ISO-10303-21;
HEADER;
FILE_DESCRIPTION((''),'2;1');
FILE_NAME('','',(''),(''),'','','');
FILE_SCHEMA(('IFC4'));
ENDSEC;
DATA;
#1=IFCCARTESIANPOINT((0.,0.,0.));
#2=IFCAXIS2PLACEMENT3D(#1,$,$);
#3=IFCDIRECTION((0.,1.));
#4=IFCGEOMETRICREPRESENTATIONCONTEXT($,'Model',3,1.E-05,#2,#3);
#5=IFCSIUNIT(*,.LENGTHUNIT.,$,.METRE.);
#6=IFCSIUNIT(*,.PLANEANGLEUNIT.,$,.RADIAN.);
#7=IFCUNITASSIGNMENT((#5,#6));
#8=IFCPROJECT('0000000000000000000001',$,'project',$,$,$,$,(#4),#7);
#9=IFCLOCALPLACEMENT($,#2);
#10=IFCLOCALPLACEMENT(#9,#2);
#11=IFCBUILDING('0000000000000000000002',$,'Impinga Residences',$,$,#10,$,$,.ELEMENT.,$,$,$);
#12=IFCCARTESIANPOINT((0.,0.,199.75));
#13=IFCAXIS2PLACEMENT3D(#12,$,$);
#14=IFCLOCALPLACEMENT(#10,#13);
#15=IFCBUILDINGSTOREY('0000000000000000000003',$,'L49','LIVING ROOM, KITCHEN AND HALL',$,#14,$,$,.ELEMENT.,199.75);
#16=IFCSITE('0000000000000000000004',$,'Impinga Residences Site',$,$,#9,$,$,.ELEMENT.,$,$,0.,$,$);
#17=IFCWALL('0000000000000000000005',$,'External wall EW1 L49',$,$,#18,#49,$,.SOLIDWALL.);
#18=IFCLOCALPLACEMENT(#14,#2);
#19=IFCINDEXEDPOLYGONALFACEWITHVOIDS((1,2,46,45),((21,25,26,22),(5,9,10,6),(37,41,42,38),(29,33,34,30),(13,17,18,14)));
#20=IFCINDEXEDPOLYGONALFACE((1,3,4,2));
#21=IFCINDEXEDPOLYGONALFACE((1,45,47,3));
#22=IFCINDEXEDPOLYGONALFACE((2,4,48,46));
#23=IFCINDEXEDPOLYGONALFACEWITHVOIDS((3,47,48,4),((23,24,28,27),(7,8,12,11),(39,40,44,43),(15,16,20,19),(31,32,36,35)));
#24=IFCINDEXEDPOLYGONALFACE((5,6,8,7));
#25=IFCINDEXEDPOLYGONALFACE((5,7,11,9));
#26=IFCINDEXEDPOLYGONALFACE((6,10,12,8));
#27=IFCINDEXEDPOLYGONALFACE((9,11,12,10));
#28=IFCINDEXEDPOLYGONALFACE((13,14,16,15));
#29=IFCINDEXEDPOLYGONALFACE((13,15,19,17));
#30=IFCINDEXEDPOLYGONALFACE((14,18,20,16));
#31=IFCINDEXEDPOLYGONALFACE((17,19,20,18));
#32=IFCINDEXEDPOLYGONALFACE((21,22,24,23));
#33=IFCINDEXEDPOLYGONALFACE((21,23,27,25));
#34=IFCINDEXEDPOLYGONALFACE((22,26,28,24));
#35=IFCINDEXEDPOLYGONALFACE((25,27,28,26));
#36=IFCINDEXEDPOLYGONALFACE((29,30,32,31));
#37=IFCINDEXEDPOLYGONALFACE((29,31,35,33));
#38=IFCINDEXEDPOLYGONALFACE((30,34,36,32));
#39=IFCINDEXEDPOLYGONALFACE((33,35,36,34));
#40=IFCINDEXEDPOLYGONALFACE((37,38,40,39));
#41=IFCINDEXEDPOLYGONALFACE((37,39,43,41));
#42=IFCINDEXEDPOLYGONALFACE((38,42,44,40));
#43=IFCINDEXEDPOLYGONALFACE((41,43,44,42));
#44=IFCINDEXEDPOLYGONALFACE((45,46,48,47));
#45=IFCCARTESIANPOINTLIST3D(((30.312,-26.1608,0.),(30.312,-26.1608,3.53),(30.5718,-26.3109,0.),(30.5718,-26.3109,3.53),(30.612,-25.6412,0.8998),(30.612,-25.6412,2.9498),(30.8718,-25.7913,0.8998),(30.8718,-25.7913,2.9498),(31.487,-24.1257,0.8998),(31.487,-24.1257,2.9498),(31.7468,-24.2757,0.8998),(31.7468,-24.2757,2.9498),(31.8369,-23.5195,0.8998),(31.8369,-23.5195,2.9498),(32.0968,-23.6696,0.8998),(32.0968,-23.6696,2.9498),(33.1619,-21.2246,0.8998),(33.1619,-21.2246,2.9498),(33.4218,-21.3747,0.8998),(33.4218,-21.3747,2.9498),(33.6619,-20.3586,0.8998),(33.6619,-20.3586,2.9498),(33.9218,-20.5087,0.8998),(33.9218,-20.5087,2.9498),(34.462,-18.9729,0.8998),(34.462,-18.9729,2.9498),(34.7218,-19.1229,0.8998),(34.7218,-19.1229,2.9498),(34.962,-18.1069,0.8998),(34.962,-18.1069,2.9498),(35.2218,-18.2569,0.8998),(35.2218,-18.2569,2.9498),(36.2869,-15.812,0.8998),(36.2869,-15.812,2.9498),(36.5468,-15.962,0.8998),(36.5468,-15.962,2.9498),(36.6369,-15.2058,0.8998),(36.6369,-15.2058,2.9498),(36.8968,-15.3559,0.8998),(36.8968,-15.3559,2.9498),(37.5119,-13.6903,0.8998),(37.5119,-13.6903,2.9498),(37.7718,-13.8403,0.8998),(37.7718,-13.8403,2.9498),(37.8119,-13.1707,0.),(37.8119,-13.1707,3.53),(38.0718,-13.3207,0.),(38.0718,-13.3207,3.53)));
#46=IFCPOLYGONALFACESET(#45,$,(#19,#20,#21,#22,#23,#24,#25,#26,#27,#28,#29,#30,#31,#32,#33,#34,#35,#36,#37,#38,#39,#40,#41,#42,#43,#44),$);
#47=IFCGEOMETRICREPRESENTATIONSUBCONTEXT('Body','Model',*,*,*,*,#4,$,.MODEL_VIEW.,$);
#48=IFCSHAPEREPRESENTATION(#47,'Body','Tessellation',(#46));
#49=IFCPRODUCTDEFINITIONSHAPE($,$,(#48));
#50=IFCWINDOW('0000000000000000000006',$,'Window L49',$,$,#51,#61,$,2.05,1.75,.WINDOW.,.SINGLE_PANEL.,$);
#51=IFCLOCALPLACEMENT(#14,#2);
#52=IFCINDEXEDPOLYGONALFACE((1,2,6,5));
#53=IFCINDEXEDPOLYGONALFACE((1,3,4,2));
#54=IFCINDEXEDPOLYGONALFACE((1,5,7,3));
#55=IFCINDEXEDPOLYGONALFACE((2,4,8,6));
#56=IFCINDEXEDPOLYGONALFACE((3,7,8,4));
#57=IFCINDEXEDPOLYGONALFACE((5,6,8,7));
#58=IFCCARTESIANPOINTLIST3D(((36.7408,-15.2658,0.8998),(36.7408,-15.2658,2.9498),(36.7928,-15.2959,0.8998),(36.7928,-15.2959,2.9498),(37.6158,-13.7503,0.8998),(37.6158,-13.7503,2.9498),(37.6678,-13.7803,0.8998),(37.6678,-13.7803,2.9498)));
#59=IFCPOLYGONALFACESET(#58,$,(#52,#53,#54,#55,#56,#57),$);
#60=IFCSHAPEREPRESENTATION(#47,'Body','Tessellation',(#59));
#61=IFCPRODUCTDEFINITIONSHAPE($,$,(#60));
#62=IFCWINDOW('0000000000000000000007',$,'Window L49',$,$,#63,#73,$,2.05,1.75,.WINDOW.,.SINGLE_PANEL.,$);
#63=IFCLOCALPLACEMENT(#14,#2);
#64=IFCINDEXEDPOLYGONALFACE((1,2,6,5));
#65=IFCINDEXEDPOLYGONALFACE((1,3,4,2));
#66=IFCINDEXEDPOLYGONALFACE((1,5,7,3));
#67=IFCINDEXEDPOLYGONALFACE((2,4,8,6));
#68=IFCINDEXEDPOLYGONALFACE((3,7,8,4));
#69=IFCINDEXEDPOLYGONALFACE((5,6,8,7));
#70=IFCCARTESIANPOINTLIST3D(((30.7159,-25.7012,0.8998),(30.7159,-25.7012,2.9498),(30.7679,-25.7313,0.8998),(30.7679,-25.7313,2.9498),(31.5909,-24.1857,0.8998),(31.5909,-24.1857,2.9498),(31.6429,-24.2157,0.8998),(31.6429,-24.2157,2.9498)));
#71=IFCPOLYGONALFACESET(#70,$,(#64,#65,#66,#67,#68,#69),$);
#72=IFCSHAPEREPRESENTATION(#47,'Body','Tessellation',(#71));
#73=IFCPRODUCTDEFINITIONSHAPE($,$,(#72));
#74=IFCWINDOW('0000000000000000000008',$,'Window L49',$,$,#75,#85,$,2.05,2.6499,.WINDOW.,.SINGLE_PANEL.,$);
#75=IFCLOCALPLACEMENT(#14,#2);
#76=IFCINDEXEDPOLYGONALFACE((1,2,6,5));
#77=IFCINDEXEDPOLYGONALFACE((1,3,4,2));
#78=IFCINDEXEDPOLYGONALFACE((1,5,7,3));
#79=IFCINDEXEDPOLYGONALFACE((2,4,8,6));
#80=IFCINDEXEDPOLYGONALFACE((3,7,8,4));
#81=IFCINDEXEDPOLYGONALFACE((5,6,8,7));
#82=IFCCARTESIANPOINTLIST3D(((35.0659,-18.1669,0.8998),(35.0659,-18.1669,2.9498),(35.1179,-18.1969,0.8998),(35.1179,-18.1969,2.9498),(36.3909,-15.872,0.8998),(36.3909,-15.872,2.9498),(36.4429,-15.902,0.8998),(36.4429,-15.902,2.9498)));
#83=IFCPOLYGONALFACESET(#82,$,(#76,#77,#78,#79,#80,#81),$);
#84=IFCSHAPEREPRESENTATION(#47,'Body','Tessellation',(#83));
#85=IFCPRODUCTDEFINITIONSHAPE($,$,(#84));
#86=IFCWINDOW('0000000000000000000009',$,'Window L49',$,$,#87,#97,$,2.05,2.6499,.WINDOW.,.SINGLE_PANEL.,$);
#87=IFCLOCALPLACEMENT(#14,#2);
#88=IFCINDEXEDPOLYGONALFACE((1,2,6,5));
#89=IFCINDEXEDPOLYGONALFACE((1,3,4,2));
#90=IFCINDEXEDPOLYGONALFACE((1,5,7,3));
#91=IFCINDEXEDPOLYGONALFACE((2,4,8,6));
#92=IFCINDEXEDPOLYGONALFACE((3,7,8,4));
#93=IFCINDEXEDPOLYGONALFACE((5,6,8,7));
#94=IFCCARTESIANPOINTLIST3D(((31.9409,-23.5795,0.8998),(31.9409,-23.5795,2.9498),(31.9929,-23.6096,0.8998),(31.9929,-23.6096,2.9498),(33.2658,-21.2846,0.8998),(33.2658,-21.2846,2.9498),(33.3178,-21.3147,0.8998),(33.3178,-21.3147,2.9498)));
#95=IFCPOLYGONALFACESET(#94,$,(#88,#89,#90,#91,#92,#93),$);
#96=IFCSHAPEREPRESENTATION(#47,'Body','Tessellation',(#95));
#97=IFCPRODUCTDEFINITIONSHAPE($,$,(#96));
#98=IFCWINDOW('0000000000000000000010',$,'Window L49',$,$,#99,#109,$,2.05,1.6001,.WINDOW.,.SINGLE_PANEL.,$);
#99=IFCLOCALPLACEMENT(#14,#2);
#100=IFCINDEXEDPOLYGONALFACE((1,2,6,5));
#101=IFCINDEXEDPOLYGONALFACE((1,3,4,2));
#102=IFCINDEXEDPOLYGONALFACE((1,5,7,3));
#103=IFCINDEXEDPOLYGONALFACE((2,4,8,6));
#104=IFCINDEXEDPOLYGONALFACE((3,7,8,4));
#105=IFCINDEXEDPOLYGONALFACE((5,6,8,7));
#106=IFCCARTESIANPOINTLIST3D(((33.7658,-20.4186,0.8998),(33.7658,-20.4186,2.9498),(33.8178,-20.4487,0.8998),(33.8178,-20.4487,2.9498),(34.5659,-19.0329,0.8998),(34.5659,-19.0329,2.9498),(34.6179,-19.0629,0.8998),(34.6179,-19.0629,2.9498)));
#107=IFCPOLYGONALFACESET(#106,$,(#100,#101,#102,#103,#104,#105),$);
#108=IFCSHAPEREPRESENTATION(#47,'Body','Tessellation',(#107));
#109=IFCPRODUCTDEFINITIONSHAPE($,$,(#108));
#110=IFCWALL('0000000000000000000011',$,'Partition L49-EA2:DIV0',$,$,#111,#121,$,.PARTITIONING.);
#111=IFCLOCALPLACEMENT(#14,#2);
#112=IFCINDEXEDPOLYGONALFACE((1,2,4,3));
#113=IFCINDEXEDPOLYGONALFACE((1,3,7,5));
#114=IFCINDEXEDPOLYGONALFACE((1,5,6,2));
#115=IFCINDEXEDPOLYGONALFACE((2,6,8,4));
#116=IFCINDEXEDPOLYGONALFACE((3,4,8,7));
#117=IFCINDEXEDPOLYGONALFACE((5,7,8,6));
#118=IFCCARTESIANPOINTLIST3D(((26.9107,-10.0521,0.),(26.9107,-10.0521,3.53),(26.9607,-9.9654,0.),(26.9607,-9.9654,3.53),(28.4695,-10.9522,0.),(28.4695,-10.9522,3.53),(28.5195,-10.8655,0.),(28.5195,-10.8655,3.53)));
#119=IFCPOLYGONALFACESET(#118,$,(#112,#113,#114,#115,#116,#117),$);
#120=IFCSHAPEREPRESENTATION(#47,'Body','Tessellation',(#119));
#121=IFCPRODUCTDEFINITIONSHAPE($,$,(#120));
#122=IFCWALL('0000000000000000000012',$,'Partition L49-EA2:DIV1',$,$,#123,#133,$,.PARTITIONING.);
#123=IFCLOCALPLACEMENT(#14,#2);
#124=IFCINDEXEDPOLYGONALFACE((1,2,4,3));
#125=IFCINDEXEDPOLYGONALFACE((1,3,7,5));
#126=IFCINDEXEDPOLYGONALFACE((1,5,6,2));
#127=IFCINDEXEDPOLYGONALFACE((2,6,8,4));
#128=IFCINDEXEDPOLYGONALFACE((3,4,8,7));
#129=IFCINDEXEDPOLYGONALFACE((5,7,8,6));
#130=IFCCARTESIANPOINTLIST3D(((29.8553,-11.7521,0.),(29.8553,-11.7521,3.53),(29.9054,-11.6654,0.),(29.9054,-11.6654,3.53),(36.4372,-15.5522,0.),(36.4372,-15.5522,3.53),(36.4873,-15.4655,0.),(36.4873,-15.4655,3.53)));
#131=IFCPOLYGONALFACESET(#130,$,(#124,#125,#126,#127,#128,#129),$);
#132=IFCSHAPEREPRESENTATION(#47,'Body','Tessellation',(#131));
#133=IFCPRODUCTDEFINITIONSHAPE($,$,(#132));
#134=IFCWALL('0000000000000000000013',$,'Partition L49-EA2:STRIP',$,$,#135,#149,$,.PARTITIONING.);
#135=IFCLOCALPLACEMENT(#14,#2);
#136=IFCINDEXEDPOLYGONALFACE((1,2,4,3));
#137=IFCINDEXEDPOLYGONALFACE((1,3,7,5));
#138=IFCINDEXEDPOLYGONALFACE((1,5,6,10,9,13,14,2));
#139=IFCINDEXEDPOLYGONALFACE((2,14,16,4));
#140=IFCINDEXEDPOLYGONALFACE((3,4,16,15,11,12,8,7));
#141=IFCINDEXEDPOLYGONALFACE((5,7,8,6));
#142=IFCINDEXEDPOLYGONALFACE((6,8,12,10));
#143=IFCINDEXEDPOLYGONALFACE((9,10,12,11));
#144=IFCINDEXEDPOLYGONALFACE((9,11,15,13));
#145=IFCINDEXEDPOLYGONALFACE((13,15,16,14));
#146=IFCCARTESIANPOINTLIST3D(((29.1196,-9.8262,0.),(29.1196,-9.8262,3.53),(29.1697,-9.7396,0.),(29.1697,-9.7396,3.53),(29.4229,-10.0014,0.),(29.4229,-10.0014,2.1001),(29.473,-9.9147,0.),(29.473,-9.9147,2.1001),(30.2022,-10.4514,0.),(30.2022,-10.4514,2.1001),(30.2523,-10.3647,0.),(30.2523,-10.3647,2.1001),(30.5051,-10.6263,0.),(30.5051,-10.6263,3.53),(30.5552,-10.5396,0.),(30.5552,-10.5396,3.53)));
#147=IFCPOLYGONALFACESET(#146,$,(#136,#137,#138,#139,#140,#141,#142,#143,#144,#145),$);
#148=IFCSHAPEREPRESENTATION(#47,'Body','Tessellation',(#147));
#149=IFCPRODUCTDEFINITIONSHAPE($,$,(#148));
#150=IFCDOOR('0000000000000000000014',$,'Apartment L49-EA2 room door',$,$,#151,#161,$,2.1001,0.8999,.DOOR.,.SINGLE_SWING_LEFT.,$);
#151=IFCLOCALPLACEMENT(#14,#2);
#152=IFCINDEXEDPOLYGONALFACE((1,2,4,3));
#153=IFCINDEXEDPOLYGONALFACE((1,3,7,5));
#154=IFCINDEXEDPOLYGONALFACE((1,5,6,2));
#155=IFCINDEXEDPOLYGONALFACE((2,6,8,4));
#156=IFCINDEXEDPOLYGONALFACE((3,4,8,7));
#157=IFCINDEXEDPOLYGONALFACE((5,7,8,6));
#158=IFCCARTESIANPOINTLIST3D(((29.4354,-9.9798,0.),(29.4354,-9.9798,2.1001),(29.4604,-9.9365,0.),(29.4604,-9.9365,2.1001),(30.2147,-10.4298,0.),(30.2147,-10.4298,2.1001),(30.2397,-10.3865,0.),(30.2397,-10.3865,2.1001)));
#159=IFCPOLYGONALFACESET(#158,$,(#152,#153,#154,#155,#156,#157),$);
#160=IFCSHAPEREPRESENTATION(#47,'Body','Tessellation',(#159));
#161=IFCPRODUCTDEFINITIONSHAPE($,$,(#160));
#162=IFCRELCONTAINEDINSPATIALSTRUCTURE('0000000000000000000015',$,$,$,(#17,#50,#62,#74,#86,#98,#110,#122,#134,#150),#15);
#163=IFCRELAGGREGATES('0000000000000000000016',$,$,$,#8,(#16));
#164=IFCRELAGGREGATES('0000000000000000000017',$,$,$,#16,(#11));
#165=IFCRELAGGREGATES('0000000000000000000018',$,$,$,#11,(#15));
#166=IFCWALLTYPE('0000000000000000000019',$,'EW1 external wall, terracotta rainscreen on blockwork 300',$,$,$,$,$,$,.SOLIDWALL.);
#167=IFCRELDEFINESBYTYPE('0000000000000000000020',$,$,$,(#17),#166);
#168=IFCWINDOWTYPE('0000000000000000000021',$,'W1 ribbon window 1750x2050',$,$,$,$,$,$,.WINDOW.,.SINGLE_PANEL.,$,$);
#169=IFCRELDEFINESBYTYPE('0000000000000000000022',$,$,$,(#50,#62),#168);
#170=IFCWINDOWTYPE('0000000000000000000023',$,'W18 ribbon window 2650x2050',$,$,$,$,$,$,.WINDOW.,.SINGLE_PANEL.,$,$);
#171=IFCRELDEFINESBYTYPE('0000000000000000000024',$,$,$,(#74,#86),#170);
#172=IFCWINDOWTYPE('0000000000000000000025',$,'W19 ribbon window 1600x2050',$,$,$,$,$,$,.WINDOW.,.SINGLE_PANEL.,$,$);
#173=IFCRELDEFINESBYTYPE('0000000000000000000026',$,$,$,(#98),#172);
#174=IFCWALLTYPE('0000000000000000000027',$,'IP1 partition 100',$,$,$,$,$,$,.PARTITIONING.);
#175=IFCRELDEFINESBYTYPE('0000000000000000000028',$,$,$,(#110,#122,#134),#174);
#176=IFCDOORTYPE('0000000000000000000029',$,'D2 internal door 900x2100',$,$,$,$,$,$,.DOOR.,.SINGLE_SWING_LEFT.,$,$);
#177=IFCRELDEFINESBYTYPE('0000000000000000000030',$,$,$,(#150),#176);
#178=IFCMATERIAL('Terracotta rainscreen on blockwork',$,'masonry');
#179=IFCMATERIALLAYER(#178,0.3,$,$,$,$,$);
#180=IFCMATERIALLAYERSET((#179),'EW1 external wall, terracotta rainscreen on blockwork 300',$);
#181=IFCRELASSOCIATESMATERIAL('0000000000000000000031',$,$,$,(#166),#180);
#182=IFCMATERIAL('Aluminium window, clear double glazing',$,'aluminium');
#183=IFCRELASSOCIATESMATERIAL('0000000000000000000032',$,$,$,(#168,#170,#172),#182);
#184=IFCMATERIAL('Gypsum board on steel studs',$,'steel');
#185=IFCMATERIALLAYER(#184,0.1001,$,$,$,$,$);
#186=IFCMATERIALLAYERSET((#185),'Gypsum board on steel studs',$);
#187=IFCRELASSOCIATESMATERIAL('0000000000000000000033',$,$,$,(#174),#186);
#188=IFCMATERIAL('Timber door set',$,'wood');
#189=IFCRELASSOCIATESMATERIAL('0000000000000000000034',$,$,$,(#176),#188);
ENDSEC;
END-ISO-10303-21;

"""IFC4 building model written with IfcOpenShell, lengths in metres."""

from ifc_helpers import new_model, si_unit, direction, frame, frame_2d, origin, place, context, subcontext, project, spatial, rectangle, extrude, material, layer, layer_set, type_object, element, fill, save


model = new_model("IFC4")

# Units and contexts
model_context = context("Model", 3, precision=1e-05, world=origin(), true_north=direction((0.0, 1.0)))
body_context = subcontext(model_context, "Body", "Model", "MODEL_VIEW")
ifc_project = project(units=[si_unit("LENGTHUNIT", "METRE"), si_unit("PLANEANGLEUNIT", "RADIAN")], contexts=[model_context])

# Site, building, storey
site_placement = place(None, origin())
site = spatial("IfcSite", under=ifc_project, at=site_placement, Name="Impinga Residences Site", CompositionType="ELEMENT", RefElevation=0.0)
building_placement = place(site_placement, origin())
building = spatial("IfcBuilding", under=site, at=building_placement, Name="Impinga Residences", CompositionType="ELEMENT")
storey_placement = place(building_placement, frame((0.0, 0.0, 199.75)))
storey = spatial("IfcBuildingStorey", under=building, at=storey_placement, Name="L49", Description="LIVING ROOM, KITCHEN AND HALL", CompositionType="ELEMENT", Elevation=199.75)

# Shared definitions
ifc_material_1 = material(Name="Timber door set", Category="wood")

# Shared definitions
ifc_material_2 = material(Name="Terracotta rainscreen on blockwork", Category="masonry")
ifc_layer_1 = layer(ifc_material_2, 0.3)
ifc_layer_set_1 = layer_set([ifc_layer_1], Name="EW1 external wall, terracotta rainscreen on blockwork 300")
wall_type_1 = type_object("IfcWallType", Name="EW1 external wall, terracotta rainscreen on blockwork 300", PredefinedType="SOLIDWALL", material=ifc_layer_set_1)

# Wall, openings, windows
wall_1_placement = place(storey_placement, frame((37.9419, -13.2456, 0.0), z_axis=(0.0, 0.0, 1.0), x_axis=(-0.500004, -0.866023, 0.0)))
wall_1 = element("IfcWall", 1, at=wall_1_placement, inside=storey, type_object=wall_type_1, Name="External wall EW1 L49", PredefinedType="SOLIDWALL", context=body_context, shape_type="SweptSolid", body=[
    extrude(rectangle(XDim=14.9998, YDim=0.3, at=frame_2d((7.5, 0.0))), origin(), (0.0, 0.0, 1.0), 3.53),
])
opening_1_placement = place(wall_1_placement, frame((0.6001, 0.0, 0.8999)))
opening_1 = element("IfcOpeningElement", 2, at=opening_1_placement, cuts=wall_1, PredefinedType="OPENING", context=body_context, shape_type="SweptSolid", body=[
    extrude(rectangle(XDim=1.75, YDim=2.05, at=frame_2d((0.875, 1.0249))), frame((0.0, 0.1599, 0.0), z_axis=(0.0, -1.0, 0.0), x_axis=(1.0, 0.0, 0.0)), (0.0, 0.0, 1.0), 0.3201),
])
opening_2_placement = place(wall_1_placement, frame((3.05, 0.0, 0.8999)))
opening_2 = element("IfcOpeningElement", 3, at=opening_2_placement, cuts=wall_1, PredefinedType="OPENING", context=body_context, shape_type="SweptSolid", body=[
    extrude(rectangle(XDim=2.6499, YDim=2.05, at=frame_2d((1.325, 1.0249))), frame((0.0, 0.1599, 0.0), z_axis=(0.0, -1.0, 0.0), x_axis=(1.0, 0.0, 0.0)), (0.0, 0.0, 1.0), 0.3201),
])
opening_3_placement = place(wall_1_placement, frame((6.7, 0.0, 0.8999)))
opening_3 = element("IfcOpeningElement", 4, at=opening_3_placement, cuts=wall_1, PredefinedType="OPENING", context=body_context, shape_type="SweptSolid", body=[
    extrude(rectangle(XDim=1.6001, YDim=2.05, at=frame_2d((0.8, 1.0249))), frame((0.0, 0.1599, 0.0), z_axis=(0.0, -1.0, 0.0), x_axis=(1.0, 0.0, 0.0)), (0.0, 0.0, 1.0), 0.3201),
])
opening_4_placement = place(wall_1_placement, frame((9.3, 0.0, 0.8999)))
opening_4 = element("IfcOpeningElement", 5, at=opening_4_placement, cuts=wall_1, PredefinedType="OPENING", context=body_context, shape_type="SweptSolid", body=[
    extrude(rectangle(XDim=2.6499, YDim=2.05, at=frame_2d((1.325, 1.0249))), frame((0.0, 0.1599, 0.0), z_axis=(0.0, -1.0, 0.0), x_axis=(1.0, 0.0, 0.0)), (0.0, 0.0, 1.0), 0.3201),
])
opening_5_placement = place(wall_1_placement, frame((12.6499, 0.0, 0.8999)))
opening_5 = element("IfcOpeningElement", 6, at=opening_5_placement, cuts=wall_1, PredefinedType="OPENING", context=body_context, shape_type="SweptSolid", body=[
    extrude(rectangle(XDim=1.75, YDim=2.05, at=frame_2d((0.875, 1.0249))), frame((0.0, 0.1599, 0.0), z_axis=(0.0, -1.0, 0.0), x_axis=(1.0, 0.0, 0.0)), (0.0, 0.0, 1.0), 0.3201),
])
ifc_material_3 = material(Name="Aluminium window, clear double glazing", Category="aluminium")
window_type_1 = type_object("IfcWindowType", Name="W1 ribbon window 1750x2050", PartitioningType="SINGLE_PANEL", PredefinedType="WINDOW", material=ifc_material_3)
window_1_placement = place(opening_1_placement, origin())
window_1 = element("IfcWindow", 7, at=window_1_placement, inside=storey, type_object=window_type_1, Name="Window L49", OverallHeight=2.05, OverallWidth=1.75, PartitioningType="SINGLE_PANEL", PredefinedType="WINDOW", context=body_context, shape_type="SweptSolid", body=[
    extrude(rectangle(XDim=1.75, YDim=2.05, at=frame_2d((0.875, 1.0249))), frame((0.0, 0.03, 0.0), z_axis=(0.0, -1.0, 0.0), x_axis=(1.0, 0.0, 0.0)), (0.0, 0.0, 1.0), 0.0601),
])
fill(opening_1, window_1)
window_2_placement = place(opening_5_placement, origin())
window_2 = element("IfcWindow", 8, at=window_2_placement, inside=storey, type_object=window_type_1, Name="Window L49", OverallHeight=2.05, OverallWidth=1.75, PartitioningType="SINGLE_PANEL", PredefinedType="WINDOW", context=body_context, shape_type="SweptSolid", body=[
    extrude(rectangle(XDim=1.75, YDim=2.05, at=frame_2d((0.875, 1.0249))), frame((0.0, 0.03, 0.0), z_axis=(0.0, -1.0, 0.0), x_axis=(1.0, 0.0, 0.0)), (0.0, 0.0, 1.0), 0.0601),
])
fill(opening_5, window_2)
window_type_2 = type_object("IfcWindowType", Name="W18 ribbon window 2650x2050", PartitioningType="SINGLE_PANEL", PredefinedType="WINDOW", material=ifc_material_3)
window_3_placement = place(opening_2_placement, origin())
window_3 = element("IfcWindow", 9, at=window_3_placement, inside=storey, type_object=window_type_2, Name="Window L49", OverallHeight=2.05, OverallWidth=2.6499, PartitioningType="SINGLE_PANEL", PredefinedType="WINDOW", context=body_context, shape_type="SweptSolid", body=[
    extrude(rectangle(XDim=2.6499, YDim=2.05, at=frame_2d((1.325, 1.0249))), frame((0.0, 0.03, 0.0), z_axis=(0.0, -1.0, 0.0), x_axis=(1.0, 0.0, 0.0)), (0.0, 0.0, 1.0), 0.0601),
])
fill(opening_2, window_3)
window_4_placement = place(opening_4_placement, origin())
window_4 = element("IfcWindow", 10, at=window_4_placement, inside=storey, type_object=window_type_2, Name="Window L49", OverallHeight=2.05, OverallWidth=2.6499, PartitioningType="SINGLE_PANEL", PredefinedType="WINDOW", context=body_context, shape_type="SweptSolid", body=[
    extrude(rectangle(XDim=2.6499, YDim=2.05, at=frame_2d((1.325, 1.0249))), frame((0.0, 0.03, 0.0), z_axis=(0.0, -1.0, 0.0), x_axis=(1.0, 0.0, 0.0)), (0.0, 0.0, 1.0), 0.0601),
])
fill(opening_4, window_4)
window_type_3 = type_object("IfcWindowType", Name="W19 ribbon window 1600x2050", PartitioningType="SINGLE_PANEL", PredefinedType="WINDOW", material=ifc_material_3)
window_5_placement = place(opening_3_placement, origin())
window_5 = element("IfcWindow", 11, at=window_5_placement, inside=storey, type_object=window_type_3, Name="Window L49", OverallHeight=2.05, OverallWidth=1.6001, PartitioningType="SINGLE_PANEL", PredefinedType="WINDOW", context=body_context, shape_type="SweptSolid", body=[
    extrude(rectangle(XDim=1.6001, YDim=2.05, at=frame_2d((0.8, 1.0249))), frame((0.0, 0.03, 0.0), z_axis=(0.0, -1.0, 0.0), x_axis=(1.0, 0.0, 0.0)), (0.0, 0.0, 1.0), 0.0601),
])
fill(opening_3, window_5)

# Walls
ifc_material_4 = material(Name="Gypsum board on steel studs", Category="steel")
ifc_layer_2 = layer(ifc_material_4, 0.1001)
ifc_layer_set_2 = layer_set([ifc_layer_2], Name="Gypsum board on steel studs")
wall_type_2 = type_object("IfcWallType", Name="IP1 partition 100", PredefinedType="PARTITIONING", material=ifc_layer_set_2)
wall_2_placement = place(storey_placement, frame((26.9358, -10.0088, 0.0), z_axis=(0.0, 0.0, 1.0), x_axis=(0.865989, -0.500063, 0.0)))
element("IfcWall", 12, at=wall_2_placement, inside=storey, type_object=wall_type_2, Name="Partition L49-EA2:DIV0", PredefinedType="PARTITIONING", context=body_context, shape_type="SweptSolid", body=[
    extrude(rectangle(XDim=1.8, YDim=0.1001, at=frame_2d((0.8999, 0.0))), origin(), (0.0, 0.0, 1.0), 3.53),
])
wall_3_placement = place(storey_placement, frame((29.8804, -11.7087, 0.0), z_axis=(0.0, 0.0, 1.0), x_axis=(0.866022, -0.500005, 0.0)))
element("IfcWall", 13, at=wall_3_placement, inside=storey, type_object=wall_type_2, Name="Partition L49-EA2:DIV1", PredefinedType="PARTITIONING", context=body_context, shape_type="SweptSolid", body=[
    extrude(rectangle(XDim=7.6001, YDim=0.1001, at=frame_2d((3.8, 0.0))), origin(), (0.0, 0.0, 1.0), 3.53),
])

# Wall, opening, door
wall_4_placement = place(storey_placement, frame((29.1448, -9.783, 0.0), z_axis=(0.0, 0.0, 1.0), x_axis=(0.86599, -0.500061, 0.0)))
wall_4 = element("IfcWall", 14, at=wall_4_placement, inside=storey, type_object=wall_type_2, Name="Partition L49-EA2:STRIP", PredefinedType="PARTITIONING", context=body_context, shape_type="SweptSolid", body=[
    extrude(rectangle(XDim=1.5999, YDim=0.1001, at=frame_2d((0.7998, 0.0))), origin(), (0.0, 0.0, 1.0), 3.53),
])
opening_6_placement = place(wall_4_placement, frame((0.3501, 0.0, 0.0)))
opening_6 = element("IfcOpeningElement", 15, at=opening_6_placement, cuts=wall_4, PredefinedType="OPENING", context=body_context, shape_type="SweptSolid", body=[
    extrude(rectangle(XDim=0.8999, YDim=2.1001, at=frame_2d((0.45, 1.05))), frame((0.0, 0.0601, 0.0), z_axis=(0.0, -1.0, 0.0), x_axis=(1.0, 0.0, 0.0)), (0.0, 0.0, 1.0), 0.1201),
])
door_type_1 = type_object("IfcDoorType", Name="D2 internal door 900x2100", OperationType="SINGLE_SWING_LEFT", PredefinedType="DOOR", material=ifc_material_1)
door_1_placement = place(opening_6_placement, origin())
door_1 = element("IfcDoor", 16, at=door_1_placement, inside=storey, type_object=door_type_1, Name="Apartment L49-EA2 room door", OperationType="SINGLE_SWING_LEFT", OverallHeight=2.1001, OverallWidth=0.8999, PredefinedType="DOOR", context=body_context, shape_type="SweptSolid", body=[
    extrude(rectangle(XDim=0.8999, YDim=2.1001, at=frame_2d((0.45, 1.05))), frame((0.0, 0.0249, 0.0), z_axis=(0.0, -1.0, 0.0), x_axis=(1.0, 0.0, 0.0)), (0.0, 0.0, 1.0), 0.05),
])
fill(opening_6, door_1)

save(model, "model.ifc")
